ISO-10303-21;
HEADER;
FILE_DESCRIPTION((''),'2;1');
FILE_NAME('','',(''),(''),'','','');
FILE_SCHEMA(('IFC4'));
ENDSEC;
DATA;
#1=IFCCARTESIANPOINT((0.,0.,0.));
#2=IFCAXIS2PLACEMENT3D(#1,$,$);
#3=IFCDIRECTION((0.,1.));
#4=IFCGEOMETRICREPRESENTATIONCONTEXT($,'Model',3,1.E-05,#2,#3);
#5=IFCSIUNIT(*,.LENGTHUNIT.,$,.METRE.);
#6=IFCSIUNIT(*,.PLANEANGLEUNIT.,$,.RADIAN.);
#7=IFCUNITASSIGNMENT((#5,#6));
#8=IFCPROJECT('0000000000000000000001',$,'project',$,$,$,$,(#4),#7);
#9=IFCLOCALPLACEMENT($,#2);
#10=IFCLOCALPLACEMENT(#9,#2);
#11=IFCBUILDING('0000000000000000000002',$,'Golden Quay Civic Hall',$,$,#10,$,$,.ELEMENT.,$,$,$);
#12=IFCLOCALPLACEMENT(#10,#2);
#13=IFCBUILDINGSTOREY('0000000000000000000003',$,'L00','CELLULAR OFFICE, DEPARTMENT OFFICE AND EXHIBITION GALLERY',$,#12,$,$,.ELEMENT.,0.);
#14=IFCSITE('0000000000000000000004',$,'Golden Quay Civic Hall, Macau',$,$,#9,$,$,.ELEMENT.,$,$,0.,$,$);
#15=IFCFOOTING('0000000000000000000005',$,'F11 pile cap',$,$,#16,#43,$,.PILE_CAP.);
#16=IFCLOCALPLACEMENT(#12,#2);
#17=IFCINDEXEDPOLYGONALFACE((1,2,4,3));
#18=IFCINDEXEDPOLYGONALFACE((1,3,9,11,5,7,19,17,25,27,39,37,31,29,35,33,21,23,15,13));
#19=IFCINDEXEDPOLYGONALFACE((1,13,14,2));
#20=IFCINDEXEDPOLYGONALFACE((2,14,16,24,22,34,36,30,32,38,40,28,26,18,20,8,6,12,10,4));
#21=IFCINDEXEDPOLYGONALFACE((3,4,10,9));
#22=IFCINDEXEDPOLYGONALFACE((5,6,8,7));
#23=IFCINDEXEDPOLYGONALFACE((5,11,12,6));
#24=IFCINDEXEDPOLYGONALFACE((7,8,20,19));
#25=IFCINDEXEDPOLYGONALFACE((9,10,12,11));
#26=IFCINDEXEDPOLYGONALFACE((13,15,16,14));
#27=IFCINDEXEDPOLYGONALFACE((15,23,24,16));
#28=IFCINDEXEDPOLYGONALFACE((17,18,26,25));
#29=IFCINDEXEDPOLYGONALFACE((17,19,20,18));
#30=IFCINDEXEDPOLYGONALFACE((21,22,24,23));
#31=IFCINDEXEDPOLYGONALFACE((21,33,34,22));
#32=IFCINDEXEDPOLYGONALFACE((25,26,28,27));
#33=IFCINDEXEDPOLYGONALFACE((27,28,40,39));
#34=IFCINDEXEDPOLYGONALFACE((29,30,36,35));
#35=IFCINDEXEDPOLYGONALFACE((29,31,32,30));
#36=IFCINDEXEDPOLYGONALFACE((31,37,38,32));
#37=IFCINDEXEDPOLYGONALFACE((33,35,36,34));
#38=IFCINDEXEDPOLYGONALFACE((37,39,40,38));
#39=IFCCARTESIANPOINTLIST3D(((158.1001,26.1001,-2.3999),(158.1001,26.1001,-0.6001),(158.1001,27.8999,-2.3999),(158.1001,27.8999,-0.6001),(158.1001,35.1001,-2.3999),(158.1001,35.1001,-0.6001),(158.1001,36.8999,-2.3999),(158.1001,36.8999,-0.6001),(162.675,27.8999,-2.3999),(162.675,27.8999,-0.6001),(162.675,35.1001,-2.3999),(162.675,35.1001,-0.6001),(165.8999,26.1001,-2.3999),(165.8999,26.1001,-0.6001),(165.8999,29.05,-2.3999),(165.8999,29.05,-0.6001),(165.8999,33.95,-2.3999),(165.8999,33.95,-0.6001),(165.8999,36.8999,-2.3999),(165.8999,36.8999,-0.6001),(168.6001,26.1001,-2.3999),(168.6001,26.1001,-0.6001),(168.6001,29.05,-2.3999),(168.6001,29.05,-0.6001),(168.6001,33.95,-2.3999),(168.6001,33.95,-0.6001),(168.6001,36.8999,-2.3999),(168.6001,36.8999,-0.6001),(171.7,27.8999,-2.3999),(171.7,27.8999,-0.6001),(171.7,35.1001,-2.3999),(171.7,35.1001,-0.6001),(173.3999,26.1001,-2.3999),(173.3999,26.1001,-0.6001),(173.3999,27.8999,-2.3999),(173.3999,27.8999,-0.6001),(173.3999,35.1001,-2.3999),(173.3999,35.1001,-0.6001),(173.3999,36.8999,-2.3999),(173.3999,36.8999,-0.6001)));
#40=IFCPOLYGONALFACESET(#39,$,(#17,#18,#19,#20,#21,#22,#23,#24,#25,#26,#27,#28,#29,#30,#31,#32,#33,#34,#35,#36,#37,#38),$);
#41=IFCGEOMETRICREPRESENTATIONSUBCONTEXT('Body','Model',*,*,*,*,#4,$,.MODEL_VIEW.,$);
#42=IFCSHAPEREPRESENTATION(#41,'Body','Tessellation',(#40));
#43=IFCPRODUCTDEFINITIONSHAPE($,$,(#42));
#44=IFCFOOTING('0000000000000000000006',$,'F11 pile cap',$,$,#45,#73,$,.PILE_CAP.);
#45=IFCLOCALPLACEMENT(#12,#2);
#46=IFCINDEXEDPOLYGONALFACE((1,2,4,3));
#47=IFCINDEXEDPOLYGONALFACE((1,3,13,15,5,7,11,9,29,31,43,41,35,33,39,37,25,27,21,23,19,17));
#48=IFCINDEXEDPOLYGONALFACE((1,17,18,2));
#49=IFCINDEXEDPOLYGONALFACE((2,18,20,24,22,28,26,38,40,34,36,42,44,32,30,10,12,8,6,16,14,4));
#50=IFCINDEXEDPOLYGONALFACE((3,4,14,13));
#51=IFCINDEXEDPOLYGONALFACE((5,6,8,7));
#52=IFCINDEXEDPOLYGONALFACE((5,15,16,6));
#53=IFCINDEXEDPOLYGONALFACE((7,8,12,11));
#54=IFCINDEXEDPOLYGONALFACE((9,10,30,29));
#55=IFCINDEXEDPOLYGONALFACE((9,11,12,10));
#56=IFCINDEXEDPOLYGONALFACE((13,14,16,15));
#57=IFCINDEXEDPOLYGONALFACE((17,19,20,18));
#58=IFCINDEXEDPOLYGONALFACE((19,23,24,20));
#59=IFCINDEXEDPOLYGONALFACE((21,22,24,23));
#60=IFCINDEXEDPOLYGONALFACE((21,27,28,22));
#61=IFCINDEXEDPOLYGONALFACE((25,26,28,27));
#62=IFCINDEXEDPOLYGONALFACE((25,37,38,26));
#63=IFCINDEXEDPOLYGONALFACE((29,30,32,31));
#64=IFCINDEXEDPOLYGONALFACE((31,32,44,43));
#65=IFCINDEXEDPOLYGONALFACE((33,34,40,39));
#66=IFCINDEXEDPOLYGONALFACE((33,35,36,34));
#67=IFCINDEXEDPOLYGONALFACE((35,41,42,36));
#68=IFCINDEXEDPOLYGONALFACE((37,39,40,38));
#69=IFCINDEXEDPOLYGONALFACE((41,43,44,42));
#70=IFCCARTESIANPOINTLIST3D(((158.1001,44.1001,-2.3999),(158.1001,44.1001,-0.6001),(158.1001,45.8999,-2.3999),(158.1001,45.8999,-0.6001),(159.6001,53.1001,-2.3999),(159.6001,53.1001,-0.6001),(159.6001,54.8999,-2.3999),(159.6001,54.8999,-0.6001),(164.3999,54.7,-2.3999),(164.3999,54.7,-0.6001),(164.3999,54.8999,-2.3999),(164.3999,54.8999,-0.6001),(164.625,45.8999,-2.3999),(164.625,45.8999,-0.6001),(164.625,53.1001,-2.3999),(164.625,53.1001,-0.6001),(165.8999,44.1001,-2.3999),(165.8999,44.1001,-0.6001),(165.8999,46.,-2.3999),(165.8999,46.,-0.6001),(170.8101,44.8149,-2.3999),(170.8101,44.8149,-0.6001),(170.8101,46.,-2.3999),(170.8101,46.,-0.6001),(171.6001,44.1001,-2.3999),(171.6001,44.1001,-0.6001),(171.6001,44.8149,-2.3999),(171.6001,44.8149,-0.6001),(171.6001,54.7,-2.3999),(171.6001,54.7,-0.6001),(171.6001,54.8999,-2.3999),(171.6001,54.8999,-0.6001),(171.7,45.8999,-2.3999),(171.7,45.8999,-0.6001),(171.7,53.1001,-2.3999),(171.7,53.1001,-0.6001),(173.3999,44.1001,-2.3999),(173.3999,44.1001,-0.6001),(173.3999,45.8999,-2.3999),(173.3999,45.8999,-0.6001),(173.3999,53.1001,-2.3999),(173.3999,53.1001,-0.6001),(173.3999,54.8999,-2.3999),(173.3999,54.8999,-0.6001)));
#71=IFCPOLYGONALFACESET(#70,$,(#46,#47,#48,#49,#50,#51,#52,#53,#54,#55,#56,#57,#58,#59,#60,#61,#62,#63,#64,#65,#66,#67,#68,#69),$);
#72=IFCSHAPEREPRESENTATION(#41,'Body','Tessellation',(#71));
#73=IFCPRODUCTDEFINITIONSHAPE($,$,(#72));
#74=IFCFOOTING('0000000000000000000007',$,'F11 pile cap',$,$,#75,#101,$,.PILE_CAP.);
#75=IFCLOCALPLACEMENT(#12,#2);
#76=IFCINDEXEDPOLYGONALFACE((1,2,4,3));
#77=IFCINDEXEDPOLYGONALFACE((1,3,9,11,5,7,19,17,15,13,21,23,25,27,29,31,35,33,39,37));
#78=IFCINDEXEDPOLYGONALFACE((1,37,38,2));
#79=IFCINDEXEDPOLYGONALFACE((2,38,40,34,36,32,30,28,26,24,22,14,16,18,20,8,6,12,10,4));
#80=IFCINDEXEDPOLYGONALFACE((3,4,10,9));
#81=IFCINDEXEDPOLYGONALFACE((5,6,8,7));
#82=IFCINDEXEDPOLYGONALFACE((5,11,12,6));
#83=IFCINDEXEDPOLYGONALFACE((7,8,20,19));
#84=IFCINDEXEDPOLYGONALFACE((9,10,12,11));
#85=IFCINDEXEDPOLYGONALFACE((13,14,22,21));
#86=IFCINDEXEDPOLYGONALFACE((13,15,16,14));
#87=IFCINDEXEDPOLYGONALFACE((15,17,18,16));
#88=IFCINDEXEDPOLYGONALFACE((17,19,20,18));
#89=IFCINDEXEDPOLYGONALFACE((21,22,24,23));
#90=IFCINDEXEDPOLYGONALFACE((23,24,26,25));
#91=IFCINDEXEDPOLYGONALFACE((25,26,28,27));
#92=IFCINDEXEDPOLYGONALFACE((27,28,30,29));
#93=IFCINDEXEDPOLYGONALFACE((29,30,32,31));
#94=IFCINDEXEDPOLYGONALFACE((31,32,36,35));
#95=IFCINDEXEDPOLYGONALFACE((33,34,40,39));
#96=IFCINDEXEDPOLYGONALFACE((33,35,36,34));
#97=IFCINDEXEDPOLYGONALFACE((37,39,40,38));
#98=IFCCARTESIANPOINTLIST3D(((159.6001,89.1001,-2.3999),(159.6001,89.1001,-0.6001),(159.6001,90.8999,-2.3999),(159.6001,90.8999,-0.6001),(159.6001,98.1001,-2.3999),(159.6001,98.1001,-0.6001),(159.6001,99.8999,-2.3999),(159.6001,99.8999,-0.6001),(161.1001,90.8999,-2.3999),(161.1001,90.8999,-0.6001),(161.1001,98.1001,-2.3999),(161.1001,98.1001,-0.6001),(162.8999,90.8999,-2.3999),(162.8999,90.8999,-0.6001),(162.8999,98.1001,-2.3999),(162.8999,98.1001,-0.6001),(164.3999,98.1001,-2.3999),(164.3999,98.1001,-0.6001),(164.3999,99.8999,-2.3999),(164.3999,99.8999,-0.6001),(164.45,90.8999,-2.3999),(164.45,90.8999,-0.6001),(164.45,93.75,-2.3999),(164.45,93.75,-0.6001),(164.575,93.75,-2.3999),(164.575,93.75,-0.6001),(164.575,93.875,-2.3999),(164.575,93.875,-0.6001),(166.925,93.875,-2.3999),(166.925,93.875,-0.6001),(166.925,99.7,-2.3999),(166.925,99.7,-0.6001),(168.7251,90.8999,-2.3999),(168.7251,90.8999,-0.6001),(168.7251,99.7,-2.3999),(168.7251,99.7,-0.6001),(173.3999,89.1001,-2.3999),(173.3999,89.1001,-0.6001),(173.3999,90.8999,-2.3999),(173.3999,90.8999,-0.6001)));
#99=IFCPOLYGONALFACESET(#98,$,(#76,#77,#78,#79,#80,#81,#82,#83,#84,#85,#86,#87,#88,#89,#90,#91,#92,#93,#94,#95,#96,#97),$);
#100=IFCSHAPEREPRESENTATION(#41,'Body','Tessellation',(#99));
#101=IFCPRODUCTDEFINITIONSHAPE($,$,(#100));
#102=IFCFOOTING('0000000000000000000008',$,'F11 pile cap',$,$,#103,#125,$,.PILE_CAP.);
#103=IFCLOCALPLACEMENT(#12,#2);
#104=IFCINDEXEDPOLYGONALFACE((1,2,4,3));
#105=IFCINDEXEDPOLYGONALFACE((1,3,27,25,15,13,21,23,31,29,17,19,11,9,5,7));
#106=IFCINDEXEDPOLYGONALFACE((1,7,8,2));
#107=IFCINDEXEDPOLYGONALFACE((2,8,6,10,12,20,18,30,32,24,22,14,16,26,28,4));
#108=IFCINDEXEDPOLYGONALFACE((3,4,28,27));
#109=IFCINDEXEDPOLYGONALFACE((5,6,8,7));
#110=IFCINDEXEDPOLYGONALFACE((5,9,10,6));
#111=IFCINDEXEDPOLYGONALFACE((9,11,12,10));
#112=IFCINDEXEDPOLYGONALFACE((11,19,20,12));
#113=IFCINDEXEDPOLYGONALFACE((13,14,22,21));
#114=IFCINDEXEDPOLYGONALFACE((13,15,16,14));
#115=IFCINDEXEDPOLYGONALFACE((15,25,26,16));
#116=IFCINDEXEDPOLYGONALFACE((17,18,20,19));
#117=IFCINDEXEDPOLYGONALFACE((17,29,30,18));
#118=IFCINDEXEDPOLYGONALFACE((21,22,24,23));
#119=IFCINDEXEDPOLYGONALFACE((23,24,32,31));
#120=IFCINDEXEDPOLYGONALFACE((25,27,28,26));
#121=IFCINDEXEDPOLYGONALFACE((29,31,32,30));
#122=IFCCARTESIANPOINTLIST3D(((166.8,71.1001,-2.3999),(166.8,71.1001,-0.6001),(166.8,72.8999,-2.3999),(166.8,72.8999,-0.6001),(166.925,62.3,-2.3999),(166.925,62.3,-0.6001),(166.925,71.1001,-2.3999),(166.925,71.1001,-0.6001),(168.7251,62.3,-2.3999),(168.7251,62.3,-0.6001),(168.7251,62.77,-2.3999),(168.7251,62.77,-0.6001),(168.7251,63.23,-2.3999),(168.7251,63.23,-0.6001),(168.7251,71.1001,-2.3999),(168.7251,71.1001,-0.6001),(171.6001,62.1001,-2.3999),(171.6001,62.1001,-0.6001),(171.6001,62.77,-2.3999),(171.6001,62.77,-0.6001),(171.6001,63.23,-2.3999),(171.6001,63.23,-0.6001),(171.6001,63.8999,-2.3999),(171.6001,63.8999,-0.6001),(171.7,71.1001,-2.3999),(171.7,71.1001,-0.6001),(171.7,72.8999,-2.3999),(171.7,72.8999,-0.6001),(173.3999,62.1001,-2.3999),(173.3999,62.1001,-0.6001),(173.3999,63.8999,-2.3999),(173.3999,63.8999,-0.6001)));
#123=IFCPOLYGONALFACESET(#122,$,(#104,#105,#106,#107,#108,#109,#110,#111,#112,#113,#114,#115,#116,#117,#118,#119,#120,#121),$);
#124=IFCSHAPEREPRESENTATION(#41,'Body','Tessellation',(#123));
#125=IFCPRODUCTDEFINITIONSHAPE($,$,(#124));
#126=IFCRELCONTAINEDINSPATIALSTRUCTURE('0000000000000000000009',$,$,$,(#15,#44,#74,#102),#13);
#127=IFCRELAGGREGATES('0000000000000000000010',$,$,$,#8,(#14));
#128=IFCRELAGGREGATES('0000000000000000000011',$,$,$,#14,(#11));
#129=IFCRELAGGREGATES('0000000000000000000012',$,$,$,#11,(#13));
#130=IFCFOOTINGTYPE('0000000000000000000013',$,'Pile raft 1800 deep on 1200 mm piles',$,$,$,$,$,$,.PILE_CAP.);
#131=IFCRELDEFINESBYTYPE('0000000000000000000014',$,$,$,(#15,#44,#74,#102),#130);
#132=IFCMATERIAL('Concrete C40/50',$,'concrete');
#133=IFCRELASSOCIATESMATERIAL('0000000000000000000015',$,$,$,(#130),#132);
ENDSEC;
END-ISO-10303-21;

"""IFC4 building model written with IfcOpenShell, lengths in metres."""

from ifc_helpers import new_model, si_unit, direction, frame, origin, place, context, subcontext, project, spatial, polyline, outline, extrude, material, type_object, element, save


model = new_model("IFC4")

# Units and contexts
model_context = context("Model", 3, precision=1e-05, world=origin(), true_north=direction((0.0, 1.0)))
body_context = subcontext(model_context, "Body", "Model", "MODEL_VIEW")
ifc_project = project(units=[si_unit("LENGTHUNIT", "METRE"), si_unit("PLANEANGLEUNIT", "RADIAN")], contexts=[model_context])

# Site, building, storey
site_placement = place(None, origin())
site = spatial("IfcSite", under=ifc_project, at=site_placement, Name="Golden Quay Civic Hall, Macau", CompositionType="ELEMENT", RefElevation=0.0)
building_placement = place(site_placement, origin())
building = spatial("IfcBuilding", under=site, at=building_placement, Name="Golden Quay Civic Hall", CompositionType="ELEMENT")
storey_placement = place(building_placement, origin())
storey = spatial("IfcBuildingStorey", under=building, at=storey_placement, Name="L00", Description="CELLULAR OFFICE, DEPARTMENT OFFICE AND EXHIBITION GALLERY", CompositionType="ELEMENT", Elevation=0.0)

# Footings
ifc_material_1 = material(Name="Concrete C40/50", Category="concrete")
footing_type_1 = type_object("IfcFootingType", Name="Pile raft 1800 deep on 1200 mm piles", PredefinedType="PILE_CAP", material=ifc_material_1)
footing_1_placement = place(storey_placement, frame((0.0, 0.0, -2.3999)))
element("IfcFooting", 1, at=footing_1_placement, inside=storey, type_object=footing_type_1, Name="F11 pile cap", PredefinedType="PILE_CAP", context=body_context, shape_type="SweptSolid", body=[
    extrude(outline(polyline([(158.1001, 35.1001), (158.1001, 36.8999), (165.8999, 36.8999), (165.8999, 33.95), (168.6001, 33.95), (168.6001, 36.8999), (173.3999, 36.8999), (173.3999, 35.1001), (171.7, 35.1001), (171.7, 27.8999), (173.3999, 27.8999), (173.3999, 26.1001), (168.6001, 26.1001), (168.6001, 29.05), (165.8999, 29.05), (165.8999, 26.1001), (158.1001, 26.1001), (158.1001, 27.8999), (162.675, 27.8999), (162.675, 35.1001), (158.1001, 35.1001)])), origin(), (0.0, 0.0, 1.0), 1.7998),
])
footing_2_placement = place(storey_placement, frame((0.0, 0.0, -2.3999)))
element("IfcFooting", 2, at=footing_2_placement, inside=storey, type_object=footing_type_1, Name="F11 pile cap", PredefinedType="PILE_CAP", context=body_context, shape_type="SweptSolid", body=[
    extrude(outline(polyline([(158.1001, 44.1001), (158.1001, 45.8999), (164.625, 45.8999), (164.625, 53.1001), (159.6001, 53.1001), (159.6001, 54.8999), (164.3999, 54.8999), (164.3999, 54.7), (171.6001, 54.7), (171.6001, 54.8999), (173.3999, 54.8999), (173.3999, 53.1001), (171.7, 53.1001), (171.7, 45.8999), (173.3999, 45.8999), (173.3999, 44.1001), (171.6001, 44.1001), (171.6001, 44.8149), (170.8101, 44.8149), (170.8101, 46.0), (165.8999, 46.0), (165.8999, 44.1001), (158.1001, 44.1001)])), origin(), (0.0, 0.0, 1.0), 1.7998),
])
footing_3_placement = place(storey_placement, frame((0.0, 0.0, -2.3999)))
element("IfcFooting", 3, at=footing_3_placement, inside=storey, type_object=footing_type_1, Name="F11 pile cap", PredefinedType="PILE_CAP", context=body_context, shape_type="SweptSolid", body=[
    extrude(outline(polyline([(161.1001, 98.1001), (159.6001, 98.1001), (159.6001, 99.8999), (164.3999, 99.8999), (164.3999, 98.1001), (162.8999, 98.1001), (162.8999, 90.8999), (164.45, 90.8999), (164.45, 93.75), (164.575, 93.75), (164.575, 93.875), (166.925, 93.875), (166.925, 99.7), (168.7251, 99.7), (168.7251, 90.8999), (173.3999, 90.8999), (173.3999, 89.1001), (159.6001, 89.1001), (159.6001, 90.8999), (161.1001, 90.8999), (161.1001, 98.1001)])), origin(), (0.0, 0.0, 1.0), 1.7998),
])
footing_4_placement = place(storey_placement, frame((0.0, 0.0, -2.3999)))
element("IfcFooting", 4, at=footing_4_placement, inside=storey, type_object=footing_type_1, Name="F11 pile cap", PredefinedType="PILE_CAP", context=body_context, shape_type="SweptSolid", body=[
    extrude(outline(polyline([(166.8, 71.1001), (166.8, 72.8999), (171.7, 72.8999), (171.7, 71.1001), (168.7251, 71.1001), (168.7251, 63.23), (171.6001, 63.23), (171.6001, 63.8999), (173.3999, 63.8999), (173.3999, 62.1001), (171.6001, 62.1001), (171.6001, 62.77), (168.7251, 62.77), (168.7251, 62.3), (166.925, 62.3), (166.925, 71.1001), (166.8, 71.1001)])), origin(), (0.0, 0.0, 1.0), 1.7998),
])

save(model, "model.ifc")
